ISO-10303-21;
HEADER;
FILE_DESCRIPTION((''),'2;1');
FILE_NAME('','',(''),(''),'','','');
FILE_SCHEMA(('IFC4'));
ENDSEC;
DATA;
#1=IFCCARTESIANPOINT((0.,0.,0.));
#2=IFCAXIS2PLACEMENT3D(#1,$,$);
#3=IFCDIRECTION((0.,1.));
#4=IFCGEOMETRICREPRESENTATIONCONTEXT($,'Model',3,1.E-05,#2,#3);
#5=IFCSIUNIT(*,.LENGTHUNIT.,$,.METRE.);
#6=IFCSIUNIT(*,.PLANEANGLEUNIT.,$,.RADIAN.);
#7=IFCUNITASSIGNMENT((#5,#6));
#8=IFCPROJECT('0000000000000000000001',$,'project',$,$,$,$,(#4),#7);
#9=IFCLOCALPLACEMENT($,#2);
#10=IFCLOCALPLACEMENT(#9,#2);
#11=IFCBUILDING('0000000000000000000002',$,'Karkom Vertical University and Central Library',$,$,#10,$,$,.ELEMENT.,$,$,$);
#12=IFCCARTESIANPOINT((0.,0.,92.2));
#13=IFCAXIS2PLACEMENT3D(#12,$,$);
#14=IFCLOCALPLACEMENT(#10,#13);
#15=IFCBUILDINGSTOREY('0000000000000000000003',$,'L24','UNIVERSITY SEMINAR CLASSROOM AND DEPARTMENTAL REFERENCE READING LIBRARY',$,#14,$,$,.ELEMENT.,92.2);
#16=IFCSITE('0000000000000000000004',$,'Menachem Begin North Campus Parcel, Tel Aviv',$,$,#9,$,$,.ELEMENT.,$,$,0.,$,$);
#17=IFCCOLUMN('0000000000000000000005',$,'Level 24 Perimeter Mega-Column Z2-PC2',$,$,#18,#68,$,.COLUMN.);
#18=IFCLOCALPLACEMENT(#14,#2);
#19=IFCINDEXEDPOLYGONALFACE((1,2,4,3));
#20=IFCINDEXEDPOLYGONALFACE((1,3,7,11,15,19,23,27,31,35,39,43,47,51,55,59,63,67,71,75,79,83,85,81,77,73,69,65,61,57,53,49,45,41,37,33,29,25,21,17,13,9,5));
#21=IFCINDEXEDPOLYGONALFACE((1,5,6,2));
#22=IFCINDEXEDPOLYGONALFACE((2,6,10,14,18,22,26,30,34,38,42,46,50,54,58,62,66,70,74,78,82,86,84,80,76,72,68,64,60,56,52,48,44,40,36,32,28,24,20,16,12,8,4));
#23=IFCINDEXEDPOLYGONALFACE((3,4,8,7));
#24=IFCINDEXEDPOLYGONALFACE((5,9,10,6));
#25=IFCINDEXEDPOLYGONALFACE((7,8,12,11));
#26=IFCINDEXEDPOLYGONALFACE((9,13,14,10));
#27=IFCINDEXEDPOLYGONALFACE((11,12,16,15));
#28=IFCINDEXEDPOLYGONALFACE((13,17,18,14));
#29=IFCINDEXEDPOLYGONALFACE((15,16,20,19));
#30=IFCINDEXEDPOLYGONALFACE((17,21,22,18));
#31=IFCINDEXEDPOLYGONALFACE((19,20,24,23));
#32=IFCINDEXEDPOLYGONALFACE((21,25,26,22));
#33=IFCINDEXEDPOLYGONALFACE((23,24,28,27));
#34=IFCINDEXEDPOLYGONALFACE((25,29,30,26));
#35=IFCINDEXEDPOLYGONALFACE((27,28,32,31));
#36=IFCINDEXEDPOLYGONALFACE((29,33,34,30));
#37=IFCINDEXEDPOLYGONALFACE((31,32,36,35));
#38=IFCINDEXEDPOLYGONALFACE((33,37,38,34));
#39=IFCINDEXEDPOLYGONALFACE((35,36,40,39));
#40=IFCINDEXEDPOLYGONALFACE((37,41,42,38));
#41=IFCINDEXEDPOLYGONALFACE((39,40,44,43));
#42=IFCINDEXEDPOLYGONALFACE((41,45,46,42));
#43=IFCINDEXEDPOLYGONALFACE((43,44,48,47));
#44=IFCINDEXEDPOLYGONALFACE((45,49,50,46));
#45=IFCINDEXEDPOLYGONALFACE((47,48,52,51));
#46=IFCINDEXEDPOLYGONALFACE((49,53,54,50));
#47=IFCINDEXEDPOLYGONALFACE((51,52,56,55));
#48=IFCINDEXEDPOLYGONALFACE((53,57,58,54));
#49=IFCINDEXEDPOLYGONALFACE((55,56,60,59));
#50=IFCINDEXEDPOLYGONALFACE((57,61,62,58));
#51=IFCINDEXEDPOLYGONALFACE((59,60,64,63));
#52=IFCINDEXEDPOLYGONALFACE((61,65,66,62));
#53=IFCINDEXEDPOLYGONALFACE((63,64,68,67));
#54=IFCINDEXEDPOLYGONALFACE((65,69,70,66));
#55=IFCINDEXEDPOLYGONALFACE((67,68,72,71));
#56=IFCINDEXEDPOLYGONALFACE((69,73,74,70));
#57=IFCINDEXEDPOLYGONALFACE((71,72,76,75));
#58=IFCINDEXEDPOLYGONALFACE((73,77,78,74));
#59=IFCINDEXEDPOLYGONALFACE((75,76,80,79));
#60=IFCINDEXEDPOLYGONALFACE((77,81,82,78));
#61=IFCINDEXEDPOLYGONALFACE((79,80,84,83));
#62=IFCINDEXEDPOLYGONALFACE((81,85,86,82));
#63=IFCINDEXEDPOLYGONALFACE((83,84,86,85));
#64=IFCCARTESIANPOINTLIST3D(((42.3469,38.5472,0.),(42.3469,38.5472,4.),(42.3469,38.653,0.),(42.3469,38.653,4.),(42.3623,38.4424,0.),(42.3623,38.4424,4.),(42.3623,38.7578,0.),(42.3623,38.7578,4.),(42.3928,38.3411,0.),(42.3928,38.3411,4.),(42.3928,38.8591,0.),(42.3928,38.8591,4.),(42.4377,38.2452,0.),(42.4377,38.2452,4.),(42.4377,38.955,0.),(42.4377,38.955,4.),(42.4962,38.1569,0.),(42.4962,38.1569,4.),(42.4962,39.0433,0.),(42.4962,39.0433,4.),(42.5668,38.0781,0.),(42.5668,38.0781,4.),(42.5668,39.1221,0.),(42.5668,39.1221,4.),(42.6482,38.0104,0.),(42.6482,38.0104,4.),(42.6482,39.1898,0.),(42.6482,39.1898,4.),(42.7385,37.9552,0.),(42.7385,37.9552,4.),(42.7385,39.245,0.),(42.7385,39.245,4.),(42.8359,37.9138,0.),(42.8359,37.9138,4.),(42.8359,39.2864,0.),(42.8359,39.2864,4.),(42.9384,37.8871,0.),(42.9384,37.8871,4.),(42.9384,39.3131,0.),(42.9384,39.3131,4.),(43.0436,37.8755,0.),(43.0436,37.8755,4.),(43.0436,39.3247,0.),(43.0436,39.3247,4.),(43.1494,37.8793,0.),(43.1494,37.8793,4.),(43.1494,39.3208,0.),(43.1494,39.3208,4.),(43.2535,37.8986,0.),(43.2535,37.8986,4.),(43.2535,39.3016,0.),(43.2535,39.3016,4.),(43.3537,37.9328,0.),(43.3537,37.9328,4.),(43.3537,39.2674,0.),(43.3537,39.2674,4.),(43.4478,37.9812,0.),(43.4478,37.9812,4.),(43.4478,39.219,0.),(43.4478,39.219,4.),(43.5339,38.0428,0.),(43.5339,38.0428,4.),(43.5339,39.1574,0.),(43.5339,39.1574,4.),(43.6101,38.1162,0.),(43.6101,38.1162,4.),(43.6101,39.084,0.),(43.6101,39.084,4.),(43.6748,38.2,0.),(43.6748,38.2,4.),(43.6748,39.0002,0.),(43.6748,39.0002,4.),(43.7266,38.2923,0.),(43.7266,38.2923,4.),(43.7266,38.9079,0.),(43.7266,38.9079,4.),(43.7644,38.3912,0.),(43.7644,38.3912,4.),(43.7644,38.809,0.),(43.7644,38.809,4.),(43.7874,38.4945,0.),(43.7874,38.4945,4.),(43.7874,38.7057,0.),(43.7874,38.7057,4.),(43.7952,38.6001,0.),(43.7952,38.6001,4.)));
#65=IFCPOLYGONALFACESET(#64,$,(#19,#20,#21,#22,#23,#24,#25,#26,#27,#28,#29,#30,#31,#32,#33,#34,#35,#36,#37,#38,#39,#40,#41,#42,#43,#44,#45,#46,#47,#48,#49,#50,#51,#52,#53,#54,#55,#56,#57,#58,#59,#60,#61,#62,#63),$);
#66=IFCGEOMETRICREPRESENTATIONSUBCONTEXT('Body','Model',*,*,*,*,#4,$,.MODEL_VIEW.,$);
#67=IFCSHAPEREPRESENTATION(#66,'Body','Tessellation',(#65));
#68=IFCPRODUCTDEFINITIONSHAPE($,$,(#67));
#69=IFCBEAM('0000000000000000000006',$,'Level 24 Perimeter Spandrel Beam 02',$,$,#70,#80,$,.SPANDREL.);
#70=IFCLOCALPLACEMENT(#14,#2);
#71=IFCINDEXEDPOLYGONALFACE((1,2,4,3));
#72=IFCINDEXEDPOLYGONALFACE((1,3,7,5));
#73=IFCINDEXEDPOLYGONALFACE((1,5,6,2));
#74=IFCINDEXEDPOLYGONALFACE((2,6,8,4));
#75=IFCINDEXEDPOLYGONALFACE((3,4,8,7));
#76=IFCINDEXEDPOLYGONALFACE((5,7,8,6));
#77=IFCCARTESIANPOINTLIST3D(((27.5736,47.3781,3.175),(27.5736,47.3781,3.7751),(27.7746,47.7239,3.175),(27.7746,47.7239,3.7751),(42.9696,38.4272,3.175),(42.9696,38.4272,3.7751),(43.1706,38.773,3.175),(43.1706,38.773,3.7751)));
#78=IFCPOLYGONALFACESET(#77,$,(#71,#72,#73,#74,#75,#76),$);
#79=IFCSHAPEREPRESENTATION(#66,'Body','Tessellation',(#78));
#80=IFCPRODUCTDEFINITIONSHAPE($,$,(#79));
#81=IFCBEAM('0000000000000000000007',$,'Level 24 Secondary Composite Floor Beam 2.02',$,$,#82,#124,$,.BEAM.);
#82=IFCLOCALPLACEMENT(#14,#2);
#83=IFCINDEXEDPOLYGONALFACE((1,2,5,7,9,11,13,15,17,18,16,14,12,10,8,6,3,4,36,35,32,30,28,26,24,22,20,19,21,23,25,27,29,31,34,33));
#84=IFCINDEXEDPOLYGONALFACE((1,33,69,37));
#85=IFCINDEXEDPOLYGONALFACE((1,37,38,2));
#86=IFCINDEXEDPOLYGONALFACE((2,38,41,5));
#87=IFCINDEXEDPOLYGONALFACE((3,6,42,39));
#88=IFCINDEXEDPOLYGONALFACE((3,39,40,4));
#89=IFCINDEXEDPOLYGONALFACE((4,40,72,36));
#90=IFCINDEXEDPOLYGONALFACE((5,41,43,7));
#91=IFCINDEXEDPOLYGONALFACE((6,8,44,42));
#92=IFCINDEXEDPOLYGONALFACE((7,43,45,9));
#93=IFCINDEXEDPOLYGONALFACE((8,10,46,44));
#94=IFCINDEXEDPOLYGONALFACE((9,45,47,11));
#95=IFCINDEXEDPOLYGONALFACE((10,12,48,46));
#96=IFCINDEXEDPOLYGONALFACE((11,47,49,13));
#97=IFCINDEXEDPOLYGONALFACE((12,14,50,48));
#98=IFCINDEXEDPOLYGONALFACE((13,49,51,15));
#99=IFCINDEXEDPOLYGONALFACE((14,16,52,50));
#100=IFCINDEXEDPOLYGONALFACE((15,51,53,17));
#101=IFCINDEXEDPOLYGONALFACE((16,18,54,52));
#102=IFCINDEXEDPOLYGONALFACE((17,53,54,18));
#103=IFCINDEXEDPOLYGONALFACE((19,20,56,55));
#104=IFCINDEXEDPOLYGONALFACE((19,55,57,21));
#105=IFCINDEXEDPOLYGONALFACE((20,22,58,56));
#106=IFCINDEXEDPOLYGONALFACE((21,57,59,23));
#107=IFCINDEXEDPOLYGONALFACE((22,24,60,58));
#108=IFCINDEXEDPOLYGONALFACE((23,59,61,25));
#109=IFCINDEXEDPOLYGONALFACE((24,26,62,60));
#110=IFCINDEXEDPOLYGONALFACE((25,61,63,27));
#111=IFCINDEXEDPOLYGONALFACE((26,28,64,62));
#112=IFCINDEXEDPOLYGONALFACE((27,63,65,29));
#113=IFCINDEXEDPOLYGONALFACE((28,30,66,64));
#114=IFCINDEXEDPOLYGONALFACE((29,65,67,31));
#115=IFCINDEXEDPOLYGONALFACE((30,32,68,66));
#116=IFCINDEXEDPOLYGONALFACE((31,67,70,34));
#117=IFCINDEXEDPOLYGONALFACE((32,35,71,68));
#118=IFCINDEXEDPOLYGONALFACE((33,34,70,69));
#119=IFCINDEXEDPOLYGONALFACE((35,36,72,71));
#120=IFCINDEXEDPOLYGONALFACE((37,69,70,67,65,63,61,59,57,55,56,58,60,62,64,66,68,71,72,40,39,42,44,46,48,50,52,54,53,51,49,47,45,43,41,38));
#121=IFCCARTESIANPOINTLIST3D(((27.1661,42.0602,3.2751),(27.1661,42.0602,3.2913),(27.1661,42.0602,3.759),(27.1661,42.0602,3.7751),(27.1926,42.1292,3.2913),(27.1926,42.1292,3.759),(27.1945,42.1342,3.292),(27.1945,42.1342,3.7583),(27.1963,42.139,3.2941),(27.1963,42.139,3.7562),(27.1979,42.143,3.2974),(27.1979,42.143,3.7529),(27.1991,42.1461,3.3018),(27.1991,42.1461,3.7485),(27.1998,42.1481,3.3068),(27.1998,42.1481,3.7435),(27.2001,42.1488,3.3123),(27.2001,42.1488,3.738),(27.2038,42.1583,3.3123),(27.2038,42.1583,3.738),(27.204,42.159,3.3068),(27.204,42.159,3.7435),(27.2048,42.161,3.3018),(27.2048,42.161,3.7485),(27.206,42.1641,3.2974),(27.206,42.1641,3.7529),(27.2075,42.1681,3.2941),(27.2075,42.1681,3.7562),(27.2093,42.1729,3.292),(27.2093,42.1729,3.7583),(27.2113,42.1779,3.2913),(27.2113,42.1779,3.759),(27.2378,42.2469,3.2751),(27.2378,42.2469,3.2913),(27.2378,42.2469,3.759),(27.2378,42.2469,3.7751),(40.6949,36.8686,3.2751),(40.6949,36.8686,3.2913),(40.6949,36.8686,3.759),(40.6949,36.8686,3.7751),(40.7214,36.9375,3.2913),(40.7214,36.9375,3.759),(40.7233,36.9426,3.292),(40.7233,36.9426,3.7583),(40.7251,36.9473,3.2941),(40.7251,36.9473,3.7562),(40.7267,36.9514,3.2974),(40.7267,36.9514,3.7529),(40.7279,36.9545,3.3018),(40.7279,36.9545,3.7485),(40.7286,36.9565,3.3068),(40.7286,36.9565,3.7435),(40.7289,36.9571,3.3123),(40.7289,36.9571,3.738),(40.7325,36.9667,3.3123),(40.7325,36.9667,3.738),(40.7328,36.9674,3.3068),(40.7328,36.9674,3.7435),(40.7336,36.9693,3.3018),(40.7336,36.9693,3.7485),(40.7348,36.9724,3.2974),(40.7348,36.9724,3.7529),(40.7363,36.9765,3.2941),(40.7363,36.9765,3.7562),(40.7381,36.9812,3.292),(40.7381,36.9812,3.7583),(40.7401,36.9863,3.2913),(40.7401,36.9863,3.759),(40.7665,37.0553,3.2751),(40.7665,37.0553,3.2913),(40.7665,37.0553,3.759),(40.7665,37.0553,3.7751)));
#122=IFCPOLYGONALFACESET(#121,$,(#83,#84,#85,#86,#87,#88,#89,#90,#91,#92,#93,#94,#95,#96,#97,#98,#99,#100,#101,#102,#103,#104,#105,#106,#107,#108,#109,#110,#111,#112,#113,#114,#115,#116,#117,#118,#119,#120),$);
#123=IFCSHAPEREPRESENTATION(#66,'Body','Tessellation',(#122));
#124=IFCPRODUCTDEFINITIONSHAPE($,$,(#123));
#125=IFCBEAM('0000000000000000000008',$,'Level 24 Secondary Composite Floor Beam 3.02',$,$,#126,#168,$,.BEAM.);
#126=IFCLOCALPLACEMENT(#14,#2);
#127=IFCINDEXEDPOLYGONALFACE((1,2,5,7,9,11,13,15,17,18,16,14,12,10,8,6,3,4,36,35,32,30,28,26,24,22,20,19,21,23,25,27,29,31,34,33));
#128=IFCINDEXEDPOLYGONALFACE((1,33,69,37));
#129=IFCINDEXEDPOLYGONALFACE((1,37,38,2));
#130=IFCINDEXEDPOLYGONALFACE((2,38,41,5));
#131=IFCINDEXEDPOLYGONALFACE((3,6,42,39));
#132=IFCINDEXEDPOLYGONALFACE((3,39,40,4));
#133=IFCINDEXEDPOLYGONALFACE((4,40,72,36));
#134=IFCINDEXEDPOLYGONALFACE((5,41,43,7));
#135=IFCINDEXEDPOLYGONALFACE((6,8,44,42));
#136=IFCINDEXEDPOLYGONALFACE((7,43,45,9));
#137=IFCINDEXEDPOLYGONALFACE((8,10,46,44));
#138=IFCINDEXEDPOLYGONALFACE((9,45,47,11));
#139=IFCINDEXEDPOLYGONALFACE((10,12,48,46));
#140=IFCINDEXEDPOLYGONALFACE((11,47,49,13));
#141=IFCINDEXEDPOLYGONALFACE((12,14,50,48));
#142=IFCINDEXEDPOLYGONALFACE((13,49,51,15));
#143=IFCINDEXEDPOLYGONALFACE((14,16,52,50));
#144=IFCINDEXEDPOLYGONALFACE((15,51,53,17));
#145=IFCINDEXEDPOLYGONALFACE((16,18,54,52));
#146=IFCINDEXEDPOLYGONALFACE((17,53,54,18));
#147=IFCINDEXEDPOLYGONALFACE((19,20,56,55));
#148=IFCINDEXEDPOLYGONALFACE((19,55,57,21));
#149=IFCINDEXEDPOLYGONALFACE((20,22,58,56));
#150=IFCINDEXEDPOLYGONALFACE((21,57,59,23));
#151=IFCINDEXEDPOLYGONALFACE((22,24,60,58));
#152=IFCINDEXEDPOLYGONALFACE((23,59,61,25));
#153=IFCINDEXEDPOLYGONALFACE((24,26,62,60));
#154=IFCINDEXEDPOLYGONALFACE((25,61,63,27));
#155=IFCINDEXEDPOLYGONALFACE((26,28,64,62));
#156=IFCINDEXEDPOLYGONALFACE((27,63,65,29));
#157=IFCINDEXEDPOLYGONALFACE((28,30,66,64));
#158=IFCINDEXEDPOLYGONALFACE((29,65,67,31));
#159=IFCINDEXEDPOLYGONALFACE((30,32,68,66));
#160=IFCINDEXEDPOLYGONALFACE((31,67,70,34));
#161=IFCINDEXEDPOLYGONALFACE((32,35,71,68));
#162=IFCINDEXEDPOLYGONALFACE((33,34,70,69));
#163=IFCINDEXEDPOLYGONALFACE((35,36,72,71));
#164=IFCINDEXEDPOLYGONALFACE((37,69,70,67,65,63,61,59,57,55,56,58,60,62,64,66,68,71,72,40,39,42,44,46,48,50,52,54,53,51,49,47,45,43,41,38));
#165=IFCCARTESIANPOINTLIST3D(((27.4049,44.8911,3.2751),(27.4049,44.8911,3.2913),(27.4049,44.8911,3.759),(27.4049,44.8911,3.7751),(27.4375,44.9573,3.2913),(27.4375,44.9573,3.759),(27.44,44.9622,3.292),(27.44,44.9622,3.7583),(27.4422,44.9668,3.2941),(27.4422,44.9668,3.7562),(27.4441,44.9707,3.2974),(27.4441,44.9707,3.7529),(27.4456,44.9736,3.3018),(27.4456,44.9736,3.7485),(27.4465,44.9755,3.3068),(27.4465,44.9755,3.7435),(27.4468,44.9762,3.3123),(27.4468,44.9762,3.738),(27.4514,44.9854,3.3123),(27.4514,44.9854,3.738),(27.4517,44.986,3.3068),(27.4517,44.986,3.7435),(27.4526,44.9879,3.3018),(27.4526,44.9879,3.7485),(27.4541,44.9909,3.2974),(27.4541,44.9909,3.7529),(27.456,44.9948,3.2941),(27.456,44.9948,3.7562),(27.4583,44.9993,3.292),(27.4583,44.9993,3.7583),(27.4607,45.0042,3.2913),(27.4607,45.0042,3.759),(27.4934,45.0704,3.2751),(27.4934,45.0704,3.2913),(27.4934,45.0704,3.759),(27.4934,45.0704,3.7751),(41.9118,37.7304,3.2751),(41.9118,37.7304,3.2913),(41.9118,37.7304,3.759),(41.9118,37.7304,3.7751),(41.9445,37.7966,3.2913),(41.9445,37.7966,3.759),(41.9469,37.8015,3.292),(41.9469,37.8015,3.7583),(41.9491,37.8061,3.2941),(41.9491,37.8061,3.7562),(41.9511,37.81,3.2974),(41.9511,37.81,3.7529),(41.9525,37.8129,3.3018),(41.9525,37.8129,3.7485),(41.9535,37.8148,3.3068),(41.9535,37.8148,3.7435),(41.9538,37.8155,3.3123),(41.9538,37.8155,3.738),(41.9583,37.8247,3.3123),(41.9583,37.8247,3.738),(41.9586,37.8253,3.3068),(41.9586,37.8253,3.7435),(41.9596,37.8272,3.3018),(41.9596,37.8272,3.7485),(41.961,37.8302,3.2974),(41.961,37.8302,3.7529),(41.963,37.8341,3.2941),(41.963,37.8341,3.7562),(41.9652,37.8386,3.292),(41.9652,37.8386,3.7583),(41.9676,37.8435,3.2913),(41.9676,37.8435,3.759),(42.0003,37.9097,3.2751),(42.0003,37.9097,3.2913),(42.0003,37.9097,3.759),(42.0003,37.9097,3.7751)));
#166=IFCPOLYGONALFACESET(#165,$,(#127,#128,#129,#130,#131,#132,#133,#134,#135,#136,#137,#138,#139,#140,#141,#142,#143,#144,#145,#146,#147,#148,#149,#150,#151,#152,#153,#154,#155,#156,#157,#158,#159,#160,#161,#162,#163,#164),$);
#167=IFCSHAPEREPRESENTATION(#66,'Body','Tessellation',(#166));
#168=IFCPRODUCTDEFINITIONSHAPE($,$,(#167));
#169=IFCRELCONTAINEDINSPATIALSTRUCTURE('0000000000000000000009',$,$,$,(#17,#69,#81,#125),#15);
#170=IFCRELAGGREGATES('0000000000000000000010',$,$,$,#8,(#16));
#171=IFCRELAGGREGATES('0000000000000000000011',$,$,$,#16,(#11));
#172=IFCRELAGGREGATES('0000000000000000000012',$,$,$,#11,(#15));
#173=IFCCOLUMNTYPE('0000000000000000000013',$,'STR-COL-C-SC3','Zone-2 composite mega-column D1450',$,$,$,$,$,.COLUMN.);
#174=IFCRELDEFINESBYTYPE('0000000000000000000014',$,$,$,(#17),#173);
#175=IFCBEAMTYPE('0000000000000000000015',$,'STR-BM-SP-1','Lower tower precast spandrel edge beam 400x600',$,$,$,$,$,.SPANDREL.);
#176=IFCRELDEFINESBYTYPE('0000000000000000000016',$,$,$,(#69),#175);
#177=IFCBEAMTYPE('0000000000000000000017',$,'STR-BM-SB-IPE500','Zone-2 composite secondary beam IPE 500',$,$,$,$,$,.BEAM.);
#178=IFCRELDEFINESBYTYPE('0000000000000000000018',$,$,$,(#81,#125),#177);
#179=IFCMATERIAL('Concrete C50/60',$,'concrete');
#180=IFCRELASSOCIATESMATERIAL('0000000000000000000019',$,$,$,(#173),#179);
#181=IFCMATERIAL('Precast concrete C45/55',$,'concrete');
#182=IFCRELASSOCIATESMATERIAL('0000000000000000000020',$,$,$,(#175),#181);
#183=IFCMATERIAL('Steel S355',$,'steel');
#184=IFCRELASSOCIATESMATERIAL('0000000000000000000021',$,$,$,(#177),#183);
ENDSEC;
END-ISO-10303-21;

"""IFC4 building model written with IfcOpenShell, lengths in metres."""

from ifc_helpers import new_model, si_unit, direction, frame, origin, origin_with_axes, origin_2d, place, context, subcontext, project, spatial, rectangle, circle, i_section, extrude, source, transform, mapped, material, material_profile, profile_set, type_object, element, save


model = new_model("IFC4")

# Units and contexts
model_context = context("Model", 3, precision=1e-05, world=origin(), true_north=direction((0.0, 1.0)))
body_context = subcontext(model_context, "Body", "Model", "MODEL_VIEW")
ifc_project = project(units=[si_unit("LENGTHUNIT", "METRE"), si_unit("PLANEANGLEUNIT", "RADIAN")], contexts=[model_context])

# Site, building, storey
site_placement = place(None, origin())
site = spatial("IfcSite", under=ifc_project, at=site_placement, Name="Menachem Begin North Campus Parcel, Tel Aviv", CompositionType="ELEMENT", RefElevation=0.0)
building_placement = place(site_placement, origin())
building = spatial("IfcBuilding", under=site, at=building_placement, Name="Karkom Vertical University and Central Library", CompositionType="ELEMENT")
storey_placement = place(building_placement, frame((0.0, 0.0, 92.2)))
storey = spatial("IfcBuildingStorey", under=building, at=storey_placement, Name="L24", Description="UNIVERSITY SEMINAR CLASSROOM AND DEPARTMENTAL REFERENCE READING LIBRARY", CompositionType="ELEMENT", Elevation=92.2)

# Column
ifc_material_1 = material(Name="Concrete C50/60", Category="concrete")
ifc_material_profile_1 = material_profile(ifc_material_1, circle(Radius=0.7251, at=origin_2d()), Name="CFT-D1450")
ifc_profile_set_1 = profile_set([ifc_material_profile_1], Name="Concrete C50/60")
column_type = type_object("IfcColumnType", Name="STR-COL-C-SC3", Description="Zone-2 composite mega-column D1450", PredefinedType="COLUMN", material=ifc_profile_set_1)
shared_shape_1 = source(origin_with_axes(), body_context, "Body", "SweptSolid", [
    extrude(circle(Radius=0.7251, at=origin_2d()), origin(), (0.0, 0.0, 1.0), 4.0),
])
column_placement = place(storey_placement, frame((43.0701, 38.6001, 0.0), z_axis=(0.0, 0.0, 1.0), x_axis=(1.0, 0.0, 0.0)))
element("IfcColumn", 1, at=column_placement, inside=storey, type_object=column_type, Name="Level 24 Perimeter Mega-Column Z2-PC2", PredefinedType="COLUMN", context=body_context, shape_type="MappedRepresentation", body=[
    mapped(shared_shape_1, transform((0.0, 0.0, 0.0), scale=1.0)),
])

# Beams
ifc_material_2 = material(Name="Precast concrete C45/55", Category="concrete")
ifc_material_profile_2 = material_profile(ifc_material_2, rectangle(XDim=0.3999, YDim=0.6001, at=origin_2d()), Name="SPB-400x600")
ifc_profile_set_2 = profile_set([ifc_material_profile_2], Name="Precast concrete C45/55")
beam_type_1 = type_object("IfcBeamType", Name="STR-BM-SP-1", Description="Lower tower precast spandrel edge beam 400x600", PredefinedType="SPANDREL", material=ifc_profile_set_2)
shared_shape_2 = source(origin_with_axes(), body_context, "Body", "SweptSolid", [
    extrude(rectangle(XDim=0.3999, YDim=0.6001, at=origin_2d()), origin(), (0.0, 0.0, 1.0), 17.8088),
])
beam_1_placement = place(storey_placement, frame((43.0701, 38.6001, 3.4751), z_axis=(-0.864513, 0.502611, 0.0), x_axis=(-0.502611, -0.864513, 0.0)))
element("IfcBeam", 2, at=beam_1_placement, inside=storey, type_object=beam_type_1, Name="Level 24 Perimeter Spandrel Beam 02", PredefinedType="SPANDREL", context=body_context, shape_type="MappedRepresentation", body=[
    mapped(shared_shape_2, transform((0.0, 0.0, 0.0), scale=1.0)),
])
ifc_material_3 = material(Name="Steel S355", Category="steel")
ifc_material_profile_3 = material_profile(ifc_material_3, i_section(OverallWidth=0.2, OverallDepth=0.5, WebThickness=0.0103, FlangeThickness=0.0161, FilletRadius=0.021, at=origin_2d()), Name="IPE 500")
ifc_profile_set_3 = profile_set([ifc_material_profile_3], Name="Steel S355")
beam_type_2 = type_object("IfcBeamType", Name="STR-BM-SB-IPE500", Description="Zone-2 composite secondary beam IPE 500", PredefinedType="BEAM", material=ifc_profile_set_3)
shared_shape_3 = source(origin_with_axes(), body_context, "Body", "SweptSolid", [
    extrude(i_section(OverallWidth=0.2, OverallDepth=0.5, WebThickness=0.0103, FlangeThickness=0.0161, FilletRadius=0.021, at=origin_2d()), origin(), (0.0, 0.0, 1.0), 14.4907),
])
beam_2_placement = place(storey_placement, frame((40.7307, 36.9619, 3.5251), z_axis=(-0.933617, 0.358273, 0.0), x_axis=(-0.358273, -0.933617, 0.0)))
element("IfcBeam", 3, at=beam_2_placement, inside=storey, type_object=beam_type_2, Name="Level 24 Secondary Composite Floor Beam 2.02", PredefinedType="BEAM", context=body_context, shape_type="MappedRepresentation", body=[
    mapped(shared_shape_3, transform((0.0, 0.0, 0.0), scale=1.0)),
])
shared_shape_4 = source(origin_with_axes(), body_context, "Body", "SweptSolid", [
    extrude(i_section(OverallWidth=0.2, OverallDepth=0.5, WebThickness=0.0103, FlangeThickness=0.0161, FilletRadius=0.021, at=origin_2d()), origin(), (0.0, 0.0, 1.0), 16.178),
])
beam_3_placement = place(storey_placement, frame((41.9561, 37.8201, 3.5251), z_axis=(-0.896709, 0.44262, 0.0), x_axis=(-0.44262, -0.896709, 0.0)))
element("IfcBeam", 4, at=beam_3_placement, inside=storey, type_object=beam_type_2, Name="Level 24 Secondary Composite Floor Beam 3.02", PredefinedType="BEAM", context=body_context, shape_type="MappedRepresentation", body=[
    mapped(shared_shape_4, transform((0.0, 0.0, 0.0), scale=1.0)),
])

save(model, "model.ifc")
